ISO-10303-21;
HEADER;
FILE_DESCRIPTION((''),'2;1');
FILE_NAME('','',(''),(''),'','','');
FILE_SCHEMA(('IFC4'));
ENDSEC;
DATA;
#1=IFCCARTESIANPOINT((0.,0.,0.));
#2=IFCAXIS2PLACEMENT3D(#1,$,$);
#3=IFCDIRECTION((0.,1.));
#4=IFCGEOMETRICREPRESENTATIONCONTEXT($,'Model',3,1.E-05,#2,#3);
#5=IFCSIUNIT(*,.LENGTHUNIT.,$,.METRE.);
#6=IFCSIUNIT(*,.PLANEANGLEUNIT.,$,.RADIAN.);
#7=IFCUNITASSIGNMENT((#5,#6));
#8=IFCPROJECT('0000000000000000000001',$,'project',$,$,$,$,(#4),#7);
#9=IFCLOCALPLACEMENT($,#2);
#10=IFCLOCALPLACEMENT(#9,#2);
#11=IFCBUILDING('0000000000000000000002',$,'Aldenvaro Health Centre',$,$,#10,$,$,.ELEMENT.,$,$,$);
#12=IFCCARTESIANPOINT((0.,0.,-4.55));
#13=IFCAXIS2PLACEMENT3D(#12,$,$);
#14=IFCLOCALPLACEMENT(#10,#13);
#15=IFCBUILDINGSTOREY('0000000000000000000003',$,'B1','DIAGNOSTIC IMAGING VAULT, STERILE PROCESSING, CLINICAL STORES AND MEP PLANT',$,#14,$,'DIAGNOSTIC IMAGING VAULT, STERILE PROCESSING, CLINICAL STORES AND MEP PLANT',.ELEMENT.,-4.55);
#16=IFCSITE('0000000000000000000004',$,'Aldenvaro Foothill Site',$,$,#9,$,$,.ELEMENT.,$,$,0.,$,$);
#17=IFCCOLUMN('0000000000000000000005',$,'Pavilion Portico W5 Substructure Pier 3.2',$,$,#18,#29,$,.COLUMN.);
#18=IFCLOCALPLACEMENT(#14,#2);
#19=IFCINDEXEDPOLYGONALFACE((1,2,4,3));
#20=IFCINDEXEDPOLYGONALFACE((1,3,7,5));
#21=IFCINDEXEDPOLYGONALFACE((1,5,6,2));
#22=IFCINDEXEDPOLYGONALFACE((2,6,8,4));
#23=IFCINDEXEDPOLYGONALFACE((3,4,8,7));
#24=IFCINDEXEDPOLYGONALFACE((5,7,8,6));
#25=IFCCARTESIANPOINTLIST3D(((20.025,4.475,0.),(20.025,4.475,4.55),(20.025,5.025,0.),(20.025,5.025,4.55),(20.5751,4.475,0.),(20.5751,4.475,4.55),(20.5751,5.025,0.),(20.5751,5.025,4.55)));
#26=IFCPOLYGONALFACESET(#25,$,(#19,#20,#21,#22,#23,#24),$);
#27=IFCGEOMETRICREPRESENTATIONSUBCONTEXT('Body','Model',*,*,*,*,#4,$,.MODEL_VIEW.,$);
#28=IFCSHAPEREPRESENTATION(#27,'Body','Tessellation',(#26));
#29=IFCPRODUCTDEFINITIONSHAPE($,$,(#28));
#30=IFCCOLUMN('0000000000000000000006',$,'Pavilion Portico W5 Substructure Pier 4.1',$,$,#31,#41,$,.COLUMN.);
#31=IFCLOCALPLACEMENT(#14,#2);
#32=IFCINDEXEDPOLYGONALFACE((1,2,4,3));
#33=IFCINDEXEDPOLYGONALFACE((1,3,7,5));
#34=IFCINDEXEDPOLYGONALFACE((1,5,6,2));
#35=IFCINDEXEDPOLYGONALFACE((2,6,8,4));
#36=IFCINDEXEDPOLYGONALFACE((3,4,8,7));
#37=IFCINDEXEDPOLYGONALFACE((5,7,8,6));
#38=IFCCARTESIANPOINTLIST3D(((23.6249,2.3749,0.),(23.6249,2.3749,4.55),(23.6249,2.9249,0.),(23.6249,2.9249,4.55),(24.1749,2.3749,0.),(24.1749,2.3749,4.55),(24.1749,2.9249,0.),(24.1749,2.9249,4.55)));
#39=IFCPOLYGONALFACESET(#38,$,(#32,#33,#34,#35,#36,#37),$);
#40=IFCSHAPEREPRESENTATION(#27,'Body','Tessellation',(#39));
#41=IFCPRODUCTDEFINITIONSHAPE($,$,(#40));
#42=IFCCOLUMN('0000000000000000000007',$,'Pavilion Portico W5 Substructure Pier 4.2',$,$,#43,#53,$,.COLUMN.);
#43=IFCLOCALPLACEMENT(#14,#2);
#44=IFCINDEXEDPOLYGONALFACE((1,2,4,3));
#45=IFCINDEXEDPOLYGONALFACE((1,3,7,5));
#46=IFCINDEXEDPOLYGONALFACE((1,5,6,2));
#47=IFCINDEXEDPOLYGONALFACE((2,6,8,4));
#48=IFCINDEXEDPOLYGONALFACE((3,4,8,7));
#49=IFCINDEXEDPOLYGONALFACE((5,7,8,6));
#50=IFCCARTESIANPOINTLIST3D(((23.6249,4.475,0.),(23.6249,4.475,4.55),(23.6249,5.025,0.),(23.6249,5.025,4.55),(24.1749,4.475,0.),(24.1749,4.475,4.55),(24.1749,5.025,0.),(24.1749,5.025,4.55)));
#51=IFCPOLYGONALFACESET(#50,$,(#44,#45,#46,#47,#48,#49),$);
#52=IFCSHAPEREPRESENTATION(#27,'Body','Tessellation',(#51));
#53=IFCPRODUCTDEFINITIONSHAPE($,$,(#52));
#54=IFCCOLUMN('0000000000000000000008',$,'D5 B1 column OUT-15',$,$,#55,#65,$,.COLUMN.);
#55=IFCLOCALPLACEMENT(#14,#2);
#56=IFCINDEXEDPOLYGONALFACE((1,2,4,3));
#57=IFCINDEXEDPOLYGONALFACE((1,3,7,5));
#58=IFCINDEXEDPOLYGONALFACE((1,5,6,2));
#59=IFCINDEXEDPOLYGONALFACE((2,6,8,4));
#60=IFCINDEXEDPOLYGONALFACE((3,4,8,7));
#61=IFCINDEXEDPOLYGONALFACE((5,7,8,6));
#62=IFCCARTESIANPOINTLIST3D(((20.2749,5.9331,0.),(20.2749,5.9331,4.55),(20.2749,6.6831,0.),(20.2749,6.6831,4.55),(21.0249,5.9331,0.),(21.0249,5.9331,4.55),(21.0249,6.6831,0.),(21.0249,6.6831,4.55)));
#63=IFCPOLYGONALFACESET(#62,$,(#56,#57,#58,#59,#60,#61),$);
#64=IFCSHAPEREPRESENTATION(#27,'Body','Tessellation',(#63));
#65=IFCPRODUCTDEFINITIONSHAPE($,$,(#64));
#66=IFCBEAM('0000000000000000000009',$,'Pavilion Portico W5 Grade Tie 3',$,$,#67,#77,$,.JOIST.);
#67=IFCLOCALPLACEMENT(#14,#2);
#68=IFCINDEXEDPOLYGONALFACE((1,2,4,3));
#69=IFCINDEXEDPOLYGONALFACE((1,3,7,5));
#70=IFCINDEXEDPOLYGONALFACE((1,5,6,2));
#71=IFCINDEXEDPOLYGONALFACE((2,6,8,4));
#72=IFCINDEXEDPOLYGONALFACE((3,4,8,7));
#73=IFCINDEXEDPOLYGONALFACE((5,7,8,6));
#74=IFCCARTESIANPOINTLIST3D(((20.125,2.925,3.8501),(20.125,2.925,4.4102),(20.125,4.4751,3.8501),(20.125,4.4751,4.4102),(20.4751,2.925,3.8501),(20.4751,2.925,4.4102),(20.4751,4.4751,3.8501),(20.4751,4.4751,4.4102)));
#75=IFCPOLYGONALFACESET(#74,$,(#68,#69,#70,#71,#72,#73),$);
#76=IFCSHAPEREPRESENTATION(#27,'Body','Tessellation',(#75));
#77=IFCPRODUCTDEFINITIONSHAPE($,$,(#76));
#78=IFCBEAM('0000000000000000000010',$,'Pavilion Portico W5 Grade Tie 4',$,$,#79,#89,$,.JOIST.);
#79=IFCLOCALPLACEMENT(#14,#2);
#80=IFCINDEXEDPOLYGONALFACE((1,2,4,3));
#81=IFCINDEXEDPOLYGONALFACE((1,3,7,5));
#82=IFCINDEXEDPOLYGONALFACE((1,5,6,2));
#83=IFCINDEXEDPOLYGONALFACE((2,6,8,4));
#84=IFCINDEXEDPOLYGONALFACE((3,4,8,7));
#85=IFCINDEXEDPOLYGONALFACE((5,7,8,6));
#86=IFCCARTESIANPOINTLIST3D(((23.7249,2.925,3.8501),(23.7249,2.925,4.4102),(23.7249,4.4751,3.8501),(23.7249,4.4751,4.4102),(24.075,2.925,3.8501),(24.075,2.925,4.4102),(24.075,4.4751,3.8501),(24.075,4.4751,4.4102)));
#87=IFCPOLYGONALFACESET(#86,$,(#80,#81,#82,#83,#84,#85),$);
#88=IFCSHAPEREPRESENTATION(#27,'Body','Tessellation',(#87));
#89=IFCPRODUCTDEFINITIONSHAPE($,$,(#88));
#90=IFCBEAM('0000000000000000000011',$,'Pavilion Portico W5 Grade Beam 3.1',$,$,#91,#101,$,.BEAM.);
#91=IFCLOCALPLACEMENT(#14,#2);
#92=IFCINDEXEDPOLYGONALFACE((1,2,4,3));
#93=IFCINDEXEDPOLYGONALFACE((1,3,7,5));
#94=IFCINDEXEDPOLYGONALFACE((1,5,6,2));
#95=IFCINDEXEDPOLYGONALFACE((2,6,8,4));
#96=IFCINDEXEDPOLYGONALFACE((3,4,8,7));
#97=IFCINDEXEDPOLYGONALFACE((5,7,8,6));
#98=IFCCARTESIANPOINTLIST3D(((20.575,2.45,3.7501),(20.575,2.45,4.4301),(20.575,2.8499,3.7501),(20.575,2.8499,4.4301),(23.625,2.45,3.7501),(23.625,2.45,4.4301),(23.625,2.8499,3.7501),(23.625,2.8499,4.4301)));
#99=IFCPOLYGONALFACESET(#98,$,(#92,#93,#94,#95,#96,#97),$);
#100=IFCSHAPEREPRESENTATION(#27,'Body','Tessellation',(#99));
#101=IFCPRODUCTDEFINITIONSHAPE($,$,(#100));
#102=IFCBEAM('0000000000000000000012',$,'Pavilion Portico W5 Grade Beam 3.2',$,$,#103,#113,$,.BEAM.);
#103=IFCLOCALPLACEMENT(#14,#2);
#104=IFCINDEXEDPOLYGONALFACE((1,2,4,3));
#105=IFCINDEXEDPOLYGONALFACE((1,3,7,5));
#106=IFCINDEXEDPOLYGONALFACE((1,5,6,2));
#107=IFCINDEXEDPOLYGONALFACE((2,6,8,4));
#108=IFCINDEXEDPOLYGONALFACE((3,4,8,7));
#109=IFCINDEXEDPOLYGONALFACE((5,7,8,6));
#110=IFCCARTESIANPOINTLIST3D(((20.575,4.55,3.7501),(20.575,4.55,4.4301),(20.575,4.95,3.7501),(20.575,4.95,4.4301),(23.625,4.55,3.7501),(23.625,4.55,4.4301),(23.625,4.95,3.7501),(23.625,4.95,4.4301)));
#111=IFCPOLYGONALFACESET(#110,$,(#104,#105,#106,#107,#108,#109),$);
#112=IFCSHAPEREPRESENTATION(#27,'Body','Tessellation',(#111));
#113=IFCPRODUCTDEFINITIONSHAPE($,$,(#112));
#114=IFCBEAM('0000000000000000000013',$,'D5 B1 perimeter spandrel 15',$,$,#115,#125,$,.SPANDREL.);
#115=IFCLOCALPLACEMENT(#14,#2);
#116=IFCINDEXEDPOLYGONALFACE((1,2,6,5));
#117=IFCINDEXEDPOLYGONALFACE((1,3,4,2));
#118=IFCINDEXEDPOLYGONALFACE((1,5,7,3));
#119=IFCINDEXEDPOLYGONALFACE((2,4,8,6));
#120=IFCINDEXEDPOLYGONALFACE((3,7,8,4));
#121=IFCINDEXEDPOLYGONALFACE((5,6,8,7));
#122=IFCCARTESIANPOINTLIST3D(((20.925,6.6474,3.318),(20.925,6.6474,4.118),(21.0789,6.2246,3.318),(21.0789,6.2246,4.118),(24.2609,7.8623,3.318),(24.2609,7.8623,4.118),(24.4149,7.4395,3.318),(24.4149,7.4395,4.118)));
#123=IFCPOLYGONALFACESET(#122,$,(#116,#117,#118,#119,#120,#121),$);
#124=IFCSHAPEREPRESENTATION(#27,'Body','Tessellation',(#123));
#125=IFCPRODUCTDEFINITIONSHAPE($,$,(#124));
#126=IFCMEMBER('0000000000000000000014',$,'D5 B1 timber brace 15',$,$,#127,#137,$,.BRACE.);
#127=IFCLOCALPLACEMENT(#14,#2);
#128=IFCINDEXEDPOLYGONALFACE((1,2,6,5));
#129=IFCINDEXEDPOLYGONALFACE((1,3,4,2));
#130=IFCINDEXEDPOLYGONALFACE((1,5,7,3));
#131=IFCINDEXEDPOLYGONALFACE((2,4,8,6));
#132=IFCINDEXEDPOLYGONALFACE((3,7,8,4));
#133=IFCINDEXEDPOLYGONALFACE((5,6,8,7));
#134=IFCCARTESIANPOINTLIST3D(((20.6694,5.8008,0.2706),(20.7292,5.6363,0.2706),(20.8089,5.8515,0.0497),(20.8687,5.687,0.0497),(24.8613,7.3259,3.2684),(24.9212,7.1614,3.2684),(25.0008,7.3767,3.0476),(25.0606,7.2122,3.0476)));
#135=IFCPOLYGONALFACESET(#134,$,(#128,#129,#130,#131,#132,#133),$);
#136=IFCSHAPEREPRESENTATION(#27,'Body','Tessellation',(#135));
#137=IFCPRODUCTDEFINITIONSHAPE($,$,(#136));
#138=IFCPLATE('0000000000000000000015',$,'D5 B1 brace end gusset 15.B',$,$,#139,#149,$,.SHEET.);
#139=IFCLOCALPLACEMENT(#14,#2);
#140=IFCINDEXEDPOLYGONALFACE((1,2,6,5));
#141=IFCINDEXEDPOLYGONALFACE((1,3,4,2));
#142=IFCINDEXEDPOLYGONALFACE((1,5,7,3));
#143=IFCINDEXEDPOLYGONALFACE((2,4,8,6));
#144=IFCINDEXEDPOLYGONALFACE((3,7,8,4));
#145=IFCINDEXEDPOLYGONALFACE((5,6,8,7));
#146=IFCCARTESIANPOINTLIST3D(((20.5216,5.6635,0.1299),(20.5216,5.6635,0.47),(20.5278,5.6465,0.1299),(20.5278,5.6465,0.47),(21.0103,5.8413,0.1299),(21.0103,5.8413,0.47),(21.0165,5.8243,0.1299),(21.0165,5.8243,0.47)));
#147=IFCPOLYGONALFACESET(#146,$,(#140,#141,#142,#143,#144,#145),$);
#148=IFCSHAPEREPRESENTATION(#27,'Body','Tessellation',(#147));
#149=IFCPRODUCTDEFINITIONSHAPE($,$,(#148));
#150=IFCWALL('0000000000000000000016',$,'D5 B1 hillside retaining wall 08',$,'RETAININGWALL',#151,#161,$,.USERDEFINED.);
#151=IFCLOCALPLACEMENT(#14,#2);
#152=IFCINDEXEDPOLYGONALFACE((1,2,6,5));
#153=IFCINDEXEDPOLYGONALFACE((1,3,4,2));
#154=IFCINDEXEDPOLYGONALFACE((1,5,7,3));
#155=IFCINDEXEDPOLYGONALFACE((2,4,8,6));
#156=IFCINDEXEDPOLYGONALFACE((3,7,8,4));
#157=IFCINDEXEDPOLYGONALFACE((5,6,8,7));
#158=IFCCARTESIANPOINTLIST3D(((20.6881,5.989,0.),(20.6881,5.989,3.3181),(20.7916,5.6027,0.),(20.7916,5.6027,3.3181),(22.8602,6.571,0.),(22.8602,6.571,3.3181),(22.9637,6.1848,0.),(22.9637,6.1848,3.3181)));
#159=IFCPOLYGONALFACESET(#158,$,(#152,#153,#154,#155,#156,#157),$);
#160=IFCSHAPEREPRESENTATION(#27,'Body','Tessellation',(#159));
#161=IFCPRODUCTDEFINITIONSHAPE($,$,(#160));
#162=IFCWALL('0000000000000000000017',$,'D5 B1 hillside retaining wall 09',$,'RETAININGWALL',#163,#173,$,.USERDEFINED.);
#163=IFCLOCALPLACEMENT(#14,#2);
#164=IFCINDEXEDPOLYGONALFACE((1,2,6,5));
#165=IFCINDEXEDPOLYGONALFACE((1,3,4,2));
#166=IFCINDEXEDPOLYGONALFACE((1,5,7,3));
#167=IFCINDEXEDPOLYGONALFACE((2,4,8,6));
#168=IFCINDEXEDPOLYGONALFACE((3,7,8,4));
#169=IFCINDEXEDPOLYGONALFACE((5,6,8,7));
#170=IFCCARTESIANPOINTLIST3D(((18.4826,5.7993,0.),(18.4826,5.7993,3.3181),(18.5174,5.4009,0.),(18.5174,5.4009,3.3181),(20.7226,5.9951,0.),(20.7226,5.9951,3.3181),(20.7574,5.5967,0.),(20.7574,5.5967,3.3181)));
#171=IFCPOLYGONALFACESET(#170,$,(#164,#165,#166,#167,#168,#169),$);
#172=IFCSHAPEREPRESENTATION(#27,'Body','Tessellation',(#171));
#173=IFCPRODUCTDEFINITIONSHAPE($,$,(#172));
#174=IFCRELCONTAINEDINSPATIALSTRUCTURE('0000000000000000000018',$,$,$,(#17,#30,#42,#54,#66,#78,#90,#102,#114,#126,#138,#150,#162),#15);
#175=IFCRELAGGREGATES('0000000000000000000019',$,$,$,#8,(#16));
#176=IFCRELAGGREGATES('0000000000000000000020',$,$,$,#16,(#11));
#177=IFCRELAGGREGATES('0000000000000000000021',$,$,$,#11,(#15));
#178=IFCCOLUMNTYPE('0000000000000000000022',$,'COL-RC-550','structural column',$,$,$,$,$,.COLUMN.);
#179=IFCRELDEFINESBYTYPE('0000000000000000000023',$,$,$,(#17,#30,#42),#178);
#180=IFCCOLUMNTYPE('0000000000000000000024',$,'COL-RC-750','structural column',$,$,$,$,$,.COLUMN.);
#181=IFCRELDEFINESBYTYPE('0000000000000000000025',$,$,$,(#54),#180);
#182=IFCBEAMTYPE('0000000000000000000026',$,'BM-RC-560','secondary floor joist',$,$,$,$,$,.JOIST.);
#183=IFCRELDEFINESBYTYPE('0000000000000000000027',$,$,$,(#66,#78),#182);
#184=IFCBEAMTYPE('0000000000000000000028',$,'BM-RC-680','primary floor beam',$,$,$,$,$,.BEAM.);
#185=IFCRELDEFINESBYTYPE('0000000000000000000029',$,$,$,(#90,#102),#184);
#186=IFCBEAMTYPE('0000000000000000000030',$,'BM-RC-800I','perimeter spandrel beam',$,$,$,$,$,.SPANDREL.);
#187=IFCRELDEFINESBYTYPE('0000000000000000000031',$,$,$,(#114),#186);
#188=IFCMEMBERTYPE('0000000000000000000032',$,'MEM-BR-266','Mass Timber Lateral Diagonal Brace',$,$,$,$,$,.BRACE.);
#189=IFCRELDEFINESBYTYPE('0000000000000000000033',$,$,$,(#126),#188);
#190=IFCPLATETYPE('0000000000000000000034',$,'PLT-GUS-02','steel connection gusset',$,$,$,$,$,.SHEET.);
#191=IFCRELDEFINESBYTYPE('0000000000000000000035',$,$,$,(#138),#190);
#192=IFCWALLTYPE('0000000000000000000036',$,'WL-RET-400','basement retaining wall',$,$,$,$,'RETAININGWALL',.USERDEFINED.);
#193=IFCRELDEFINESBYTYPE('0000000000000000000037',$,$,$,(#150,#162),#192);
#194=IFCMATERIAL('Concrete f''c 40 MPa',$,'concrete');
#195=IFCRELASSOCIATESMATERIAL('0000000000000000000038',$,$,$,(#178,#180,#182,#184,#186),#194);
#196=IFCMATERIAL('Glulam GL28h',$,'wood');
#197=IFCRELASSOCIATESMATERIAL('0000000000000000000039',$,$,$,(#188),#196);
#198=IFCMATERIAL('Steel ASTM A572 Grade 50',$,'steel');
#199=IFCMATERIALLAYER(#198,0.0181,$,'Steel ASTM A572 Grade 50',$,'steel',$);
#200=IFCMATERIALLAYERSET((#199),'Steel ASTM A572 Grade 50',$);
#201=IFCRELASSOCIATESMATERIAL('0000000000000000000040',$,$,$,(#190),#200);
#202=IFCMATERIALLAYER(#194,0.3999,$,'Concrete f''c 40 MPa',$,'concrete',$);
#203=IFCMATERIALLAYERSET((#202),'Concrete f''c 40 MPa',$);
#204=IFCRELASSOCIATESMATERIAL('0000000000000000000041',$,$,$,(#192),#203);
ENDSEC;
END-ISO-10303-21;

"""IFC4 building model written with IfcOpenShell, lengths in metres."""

from ifc_helpers import new_model, si_unit, direction, frame, frame_2d, origin, origin_2d, place, context, subcontext, project, spatial, rectangle, extrude, material, layer, layer_set, material_profile, profile_set, type_object, element, save


model = new_model("IFC4")

# Units and contexts
model_context = context("Model", 3, precision=1e-05, world=origin(), true_north=direction((0.0, 1.0)))
body_context = subcontext(model_context, "Body", "Model", "MODEL_VIEW")
ifc_project = project(units=[si_unit("LENGTHUNIT", "METRE"), si_unit("PLANEANGLEUNIT", "RADIAN")], contexts=[model_context])

# Site, building, storey
site_placement = place(None, origin())
site = spatial("IfcSite", under=ifc_project, at=site_placement, Name="Aldenvaro Foothill Site", CompositionType="ELEMENT", RefElevation=0.0)
building_placement = place(site_placement, origin())
building = spatial("IfcBuilding", under=site, at=building_placement, Name="Aldenvaro Health Centre", CompositionType="ELEMENT")
storey_placement = place(building_placement, frame((0.0, 0.0, -4.55)))
storey = spatial("IfcBuildingStorey", under=building, at=storey_placement, Name="B1", Description="DIAGNOSTIC IMAGING VAULT, STERILE PROCESSING, CLINICAL STORES AND MEP PLANT", LongName="DIAGNOSTIC IMAGING VAULT, STERILE PROCESSING, CLINICAL STORES AND MEP PLANT", CompositionType="ELEMENT", Elevation=-4.55)

# Shared definitions
ifc_material_1 = material(Name="Concrete f'c 40 MPa", Category="concrete")

# Columns
ifc_material_profile_1 = material_profile(ifc_material_1, rectangle(XDim=0.55, YDim=0.55, at=origin_2d()), Name="RC 550x550", Category="concrete")
ifc_profile_set_1 = profile_set([ifc_material_profile_1], Name="Concrete f'c 40 MPa")
column_type_1 = type_object("IfcColumnType", Name="COL-RC-550", Description="structural column", PredefinedType="COLUMN", material=ifc_profile_set_1)
for number, where, z_axis, x_axis, name in (
    (1, (20.3, 4.75, 0.0), (0.0, 0.0, 1.0), (1.0, 0.0, 0.0), "Pavilion Portico W5 Substructure Pier 3.2"),
    (2, (23.8999, 2.6499, 0.0), (0.0, 0.0, 1.0), (1.0, 0.0, 0.0), "Pavilion Portico W5 Substructure Pier 4.1"),
    (3, (23.8999, 4.75, 0.0), (0.0, 0.0, 1.0), (1.0, 0.0, 0.0), "Pavilion Portico W5 Substructure Pier 4.2"),
):
    element("IfcColumn", number, at=place(storey_placement, frame(where, z_axis=z_axis, x_axis=x_axis)), inside=storey, type_object=column_type_1, Name=name, PredefinedType="COLUMN", context=body_context, shape_type="SweptSolid", body=[
        extrude(rectangle(XDim=0.55, YDim=0.55, at=origin_2d()), origin(), (0.0, 0.0, 1.0), 4.55),
    ])
ifc_material_profile_2 = material_profile(ifc_material_1, rectangle(XDim=0.75, YDim=0.75, at=origin_2d()), Name="RC 750x750", Category="concrete")
ifc_profile_set_2 = profile_set([ifc_material_profile_2], Name="Concrete f'c 40 MPa")
column_type_2 = type_object("IfcColumnType", Name="COL-RC-750", Description="structural column", PredefinedType="COLUMN", material=ifc_profile_set_2)
column_placement = place(storey_placement, frame((20.6499, 6.3081, 0.0), z_axis=(0.0, 0.0, 1.0), x_axis=(1.0, 0.0, 0.0)))
element("IfcColumn", 4, at=column_placement, inside=storey, type_object=column_type_2, Name="D5 B1 column OUT-15", PredefinedType="COLUMN", context=body_context, shape_type="SweptSolid", body=[
    extrude(rectangle(XDim=0.75, YDim=0.75, at=origin_2d()), origin(), (0.0, 0.0, 1.0), 4.55),
])

# Beams
ifc_material_profile_3 = material_profile(ifc_material_1, rectangle(XDim=0.3501, YDim=0.5601, at=origin_2d()), Name="RC 350x560", Category="concrete")
ifc_profile_set_3 = profile_set([ifc_material_profile_3], Name="Concrete f'c 40 MPa")
beam_type_1 = type_object("IfcBeamType", Name="BM-RC-560", Description="secondary floor joist", PredefinedType="JOIST", material=ifc_profile_set_3)
for number, where, z_axis, x_axis, name in (
    (5, (20.3, 2.925, 4.1301), (0.0, 1.0, 0.0), (-1.0, 0.0, 0.0), "Pavilion Portico W5 Grade Tie 3"),
    (6, (23.8999, 2.925, 4.1301), (0.0, 1.0, 0.0), (-1.0, 0.0, 0.0), "Pavilion Portico W5 Grade Tie 4"),
):
    element("IfcBeam", number, at=place(storey_placement, frame(where, z_axis=z_axis, x_axis=x_axis)), inside=storey, type_object=beam_type_1, Name=name, PredefinedType="JOIST", context=body_context, shape_type="SweptSolid", body=[
        extrude(rectangle(XDim=0.3501, YDim=0.5601, at=origin_2d()), origin(), (0.0, 0.0, 1.0), 1.55),
    ])
ifc_material_profile_4 = material_profile(ifc_material_1, rectangle(XDim=0.3999, YDim=0.6799, at=origin_2d()), Name="RC 400x680", Category="concrete")
ifc_profile_set_4 = profile_set([ifc_material_profile_4], Name="Concrete f'c 40 MPa")
beam_type_2 = type_object("IfcBeamType", Name="BM-RC-680", Description="primary floor beam", PredefinedType="BEAM", material=ifc_profile_set_4)
for number, where, z_axis, x_axis, name in (
    (7, (20.575, 2.6499, 4.0901), (1.0, 0.0, 0.0), (0.0, 1.0, 0.0), "Pavilion Portico W5 Grade Beam 3.1"),
    (8, (20.575, 4.75, 4.0901), (1.0, 0.0, 0.0), (0.0, 1.0, 0.0), "Pavilion Portico W5 Grade Beam 3.2"),
):
    element("IfcBeam", number, at=place(storey_placement, frame(where, z_axis=z_axis, x_axis=x_axis)), inside=storey, type_object=beam_type_2, Name=name, PredefinedType="BEAM", context=body_context, shape_type="SweptSolid", body=[
        extrude(rectangle(XDim=0.3999, YDim=0.6799, at=origin_2d()), origin(), (0.0, 0.0, 1.0), 3.05),
    ])
ifc_material_profile_5 = material_profile(ifc_material_1, rectangle(XDim=0.45, YDim=0.8, at=origin_2d()), Name="RC 450x800", Category="concrete")
ifc_profile_set_5 = profile_set([ifc_material_profile_5], Name="Concrete f'c 40 MPa")
beam_type_3 = type_object("IfcBeamType", Name="BM-RC-800I", Description="perimeter spandrel beam", PredefinedType="SPANDREL", material=ifc_profile_set_5)
beam_placement = place(storey_placement, frame((21.002, 6.436, 3.718), z_axis=(0.939633, 0.342185, 0.0), x_axis=(-0.342185, 0.939633, 0.0)))
element("IfcBeam", 9, at=beam_placement, inside=storey, type_object=beam_type_3, Name="D5 B1 perimeter spandrel 15", PredefinedType="SPANDREL", context=body_context, shape_type="SweptSolid", body=[
    extrude(rectangle(XDim=0.45, YDim=0.8, at=origin_2d()), origin(), (0.0, 0.0, 1.0), 3.5503),
])

# Member
ifc_material_2 = material(Name="Glulam GL28h", Category="wood")
ifc_material_profile_6 = material_profile(ifc_material_2, rectangle(XDim=0.175, YDim=0.2661, at=origin_2d()), Name="GL 175x266", Category="wood")
ifc_profile_set_6 = profile_set([ifc_material_profile_6], Name="Glulam GL28h")
member_type = type_object("IfcMemberType", Name="MEM-BR-266", Description="Mass Timber Lateral Diagonal Brace", PredefinedType="BRACE", material=ifc_profile_set_6)
member_placement = place(storey_placement, frame((20.769, 5.7439, 0.1602), z_axis=(0.779965, 0.283776, 0.557786), x_axis=(-0.341906, 0.939734, 0.0)))
element("IfcMember", 10, at=member_placement, inside=storey, type_object=member_type, Name="D5 B1 timber brace 15", PredefinedType="BRACE", context=body_context, shape_type="SweptSolid", body=[
    extrude(rectangle(XDim=0.175, YDim=0.2661, at=origin_2d()), origin(), (0.0, 0.0, 1.0), 5.3745),
])

# Plate
ifc_material_3 = material(Name="Steel ASTM A572 Grade 50", Category="steel")
ifc_layer_1 = layer(ifc_material_3, 0.0181, Name="Steel ASTM A572 Grade 50", Category="steel")
ifc_layer_set_1 = layer_set([ifc_layer_1], Name="Steel ASTM A572 Grade 50")
plate_type = type_object("IfcPlateType", Name="PLT-GUS-02", Description="steel connection gusset", PredefinedType="SHEET", material=ifc_layer_set_1)
plate_placement = place(storey_placement, frame((20.769, 5.7439, 0.1299), z_axis=(0.0, 0.0, 1.0), x_axis=(0.939746, 0.341873, 0.0)))
element("IfcPlate", 11, at=plate_placement, inside=storey, type_object=plate_type, Name="D5 B1 brace end gusset 15.B", PredefinedType="SHEET", context=body_context, shape_type="SweptSolid", body=[
    extrude(rectangle(XDim=0.52, YDim=0.0181, at=origin_2d()), origin(), (0.0, 0.0, 1.0), 0.3401),
])

# Walls
ifc_layer_2 = layer(ifc_material_1, 0.3999, Name="Concrete f'c 40 MPa", Category="concrete")
ifc_layer_set_2 = layer_set([ifc_layer_2], Name="Concrete f'c 40 MPa")
wall_type = type_object("IfcWallType", Name="WL-RET-400", Description="basement retaining wall", ElementType="RETAININGWALL", PredefinedType="USERDEFINED", material=ifc_layer_set_2)
wall_1_placement = place(storey_placement, frame((22.9121, 6.3779, 0.0), z_axis=(0.0, 0.0, 1.0), x_axis=(-0.965924, -0.258825, 0.0)))
element("IfcWall", 12, at=wall_1_placement, inside=storey, type_object=wall_type, Name="D5 B1 hillside retaining wall 08", ObjectType="RETAININGWALL", PredefinedType="USERDEFINED", context=body_context, shape_type="SweptSolid", body=[
    extrude(rectangle(XDim=2.2488, YDim=0.3999, at=frame_2d((1.1245, 0.0))), origin(), (0.0, 0.0, 1.0), 3.3181),
])
wall_2_placement = place(storey_placement, frame((20.74, 5.7959, 0.0), z_axis=(0.0, 0.0, 1.0), x_axis=(-0.996201, -0.087079, 0.0)))
element("IfcWall", 13, at=wall_2_placement, inside=storey, type_object=wall_type, Name="D5 B1 hillside retaining wall 09", ObjectType="RETAININGWALL", PredefinedType="USERDEFINED", context=body_context, shape_type="SweptSolid", body=[
    extrude(rectangle(XDim=2.2485, YDim=0.3999, at=frame_2d((1.1243, 0.0))), origin(), (0.0, 0.0, 1.0), 3.3181),
])

save(model, "model.ifc")
